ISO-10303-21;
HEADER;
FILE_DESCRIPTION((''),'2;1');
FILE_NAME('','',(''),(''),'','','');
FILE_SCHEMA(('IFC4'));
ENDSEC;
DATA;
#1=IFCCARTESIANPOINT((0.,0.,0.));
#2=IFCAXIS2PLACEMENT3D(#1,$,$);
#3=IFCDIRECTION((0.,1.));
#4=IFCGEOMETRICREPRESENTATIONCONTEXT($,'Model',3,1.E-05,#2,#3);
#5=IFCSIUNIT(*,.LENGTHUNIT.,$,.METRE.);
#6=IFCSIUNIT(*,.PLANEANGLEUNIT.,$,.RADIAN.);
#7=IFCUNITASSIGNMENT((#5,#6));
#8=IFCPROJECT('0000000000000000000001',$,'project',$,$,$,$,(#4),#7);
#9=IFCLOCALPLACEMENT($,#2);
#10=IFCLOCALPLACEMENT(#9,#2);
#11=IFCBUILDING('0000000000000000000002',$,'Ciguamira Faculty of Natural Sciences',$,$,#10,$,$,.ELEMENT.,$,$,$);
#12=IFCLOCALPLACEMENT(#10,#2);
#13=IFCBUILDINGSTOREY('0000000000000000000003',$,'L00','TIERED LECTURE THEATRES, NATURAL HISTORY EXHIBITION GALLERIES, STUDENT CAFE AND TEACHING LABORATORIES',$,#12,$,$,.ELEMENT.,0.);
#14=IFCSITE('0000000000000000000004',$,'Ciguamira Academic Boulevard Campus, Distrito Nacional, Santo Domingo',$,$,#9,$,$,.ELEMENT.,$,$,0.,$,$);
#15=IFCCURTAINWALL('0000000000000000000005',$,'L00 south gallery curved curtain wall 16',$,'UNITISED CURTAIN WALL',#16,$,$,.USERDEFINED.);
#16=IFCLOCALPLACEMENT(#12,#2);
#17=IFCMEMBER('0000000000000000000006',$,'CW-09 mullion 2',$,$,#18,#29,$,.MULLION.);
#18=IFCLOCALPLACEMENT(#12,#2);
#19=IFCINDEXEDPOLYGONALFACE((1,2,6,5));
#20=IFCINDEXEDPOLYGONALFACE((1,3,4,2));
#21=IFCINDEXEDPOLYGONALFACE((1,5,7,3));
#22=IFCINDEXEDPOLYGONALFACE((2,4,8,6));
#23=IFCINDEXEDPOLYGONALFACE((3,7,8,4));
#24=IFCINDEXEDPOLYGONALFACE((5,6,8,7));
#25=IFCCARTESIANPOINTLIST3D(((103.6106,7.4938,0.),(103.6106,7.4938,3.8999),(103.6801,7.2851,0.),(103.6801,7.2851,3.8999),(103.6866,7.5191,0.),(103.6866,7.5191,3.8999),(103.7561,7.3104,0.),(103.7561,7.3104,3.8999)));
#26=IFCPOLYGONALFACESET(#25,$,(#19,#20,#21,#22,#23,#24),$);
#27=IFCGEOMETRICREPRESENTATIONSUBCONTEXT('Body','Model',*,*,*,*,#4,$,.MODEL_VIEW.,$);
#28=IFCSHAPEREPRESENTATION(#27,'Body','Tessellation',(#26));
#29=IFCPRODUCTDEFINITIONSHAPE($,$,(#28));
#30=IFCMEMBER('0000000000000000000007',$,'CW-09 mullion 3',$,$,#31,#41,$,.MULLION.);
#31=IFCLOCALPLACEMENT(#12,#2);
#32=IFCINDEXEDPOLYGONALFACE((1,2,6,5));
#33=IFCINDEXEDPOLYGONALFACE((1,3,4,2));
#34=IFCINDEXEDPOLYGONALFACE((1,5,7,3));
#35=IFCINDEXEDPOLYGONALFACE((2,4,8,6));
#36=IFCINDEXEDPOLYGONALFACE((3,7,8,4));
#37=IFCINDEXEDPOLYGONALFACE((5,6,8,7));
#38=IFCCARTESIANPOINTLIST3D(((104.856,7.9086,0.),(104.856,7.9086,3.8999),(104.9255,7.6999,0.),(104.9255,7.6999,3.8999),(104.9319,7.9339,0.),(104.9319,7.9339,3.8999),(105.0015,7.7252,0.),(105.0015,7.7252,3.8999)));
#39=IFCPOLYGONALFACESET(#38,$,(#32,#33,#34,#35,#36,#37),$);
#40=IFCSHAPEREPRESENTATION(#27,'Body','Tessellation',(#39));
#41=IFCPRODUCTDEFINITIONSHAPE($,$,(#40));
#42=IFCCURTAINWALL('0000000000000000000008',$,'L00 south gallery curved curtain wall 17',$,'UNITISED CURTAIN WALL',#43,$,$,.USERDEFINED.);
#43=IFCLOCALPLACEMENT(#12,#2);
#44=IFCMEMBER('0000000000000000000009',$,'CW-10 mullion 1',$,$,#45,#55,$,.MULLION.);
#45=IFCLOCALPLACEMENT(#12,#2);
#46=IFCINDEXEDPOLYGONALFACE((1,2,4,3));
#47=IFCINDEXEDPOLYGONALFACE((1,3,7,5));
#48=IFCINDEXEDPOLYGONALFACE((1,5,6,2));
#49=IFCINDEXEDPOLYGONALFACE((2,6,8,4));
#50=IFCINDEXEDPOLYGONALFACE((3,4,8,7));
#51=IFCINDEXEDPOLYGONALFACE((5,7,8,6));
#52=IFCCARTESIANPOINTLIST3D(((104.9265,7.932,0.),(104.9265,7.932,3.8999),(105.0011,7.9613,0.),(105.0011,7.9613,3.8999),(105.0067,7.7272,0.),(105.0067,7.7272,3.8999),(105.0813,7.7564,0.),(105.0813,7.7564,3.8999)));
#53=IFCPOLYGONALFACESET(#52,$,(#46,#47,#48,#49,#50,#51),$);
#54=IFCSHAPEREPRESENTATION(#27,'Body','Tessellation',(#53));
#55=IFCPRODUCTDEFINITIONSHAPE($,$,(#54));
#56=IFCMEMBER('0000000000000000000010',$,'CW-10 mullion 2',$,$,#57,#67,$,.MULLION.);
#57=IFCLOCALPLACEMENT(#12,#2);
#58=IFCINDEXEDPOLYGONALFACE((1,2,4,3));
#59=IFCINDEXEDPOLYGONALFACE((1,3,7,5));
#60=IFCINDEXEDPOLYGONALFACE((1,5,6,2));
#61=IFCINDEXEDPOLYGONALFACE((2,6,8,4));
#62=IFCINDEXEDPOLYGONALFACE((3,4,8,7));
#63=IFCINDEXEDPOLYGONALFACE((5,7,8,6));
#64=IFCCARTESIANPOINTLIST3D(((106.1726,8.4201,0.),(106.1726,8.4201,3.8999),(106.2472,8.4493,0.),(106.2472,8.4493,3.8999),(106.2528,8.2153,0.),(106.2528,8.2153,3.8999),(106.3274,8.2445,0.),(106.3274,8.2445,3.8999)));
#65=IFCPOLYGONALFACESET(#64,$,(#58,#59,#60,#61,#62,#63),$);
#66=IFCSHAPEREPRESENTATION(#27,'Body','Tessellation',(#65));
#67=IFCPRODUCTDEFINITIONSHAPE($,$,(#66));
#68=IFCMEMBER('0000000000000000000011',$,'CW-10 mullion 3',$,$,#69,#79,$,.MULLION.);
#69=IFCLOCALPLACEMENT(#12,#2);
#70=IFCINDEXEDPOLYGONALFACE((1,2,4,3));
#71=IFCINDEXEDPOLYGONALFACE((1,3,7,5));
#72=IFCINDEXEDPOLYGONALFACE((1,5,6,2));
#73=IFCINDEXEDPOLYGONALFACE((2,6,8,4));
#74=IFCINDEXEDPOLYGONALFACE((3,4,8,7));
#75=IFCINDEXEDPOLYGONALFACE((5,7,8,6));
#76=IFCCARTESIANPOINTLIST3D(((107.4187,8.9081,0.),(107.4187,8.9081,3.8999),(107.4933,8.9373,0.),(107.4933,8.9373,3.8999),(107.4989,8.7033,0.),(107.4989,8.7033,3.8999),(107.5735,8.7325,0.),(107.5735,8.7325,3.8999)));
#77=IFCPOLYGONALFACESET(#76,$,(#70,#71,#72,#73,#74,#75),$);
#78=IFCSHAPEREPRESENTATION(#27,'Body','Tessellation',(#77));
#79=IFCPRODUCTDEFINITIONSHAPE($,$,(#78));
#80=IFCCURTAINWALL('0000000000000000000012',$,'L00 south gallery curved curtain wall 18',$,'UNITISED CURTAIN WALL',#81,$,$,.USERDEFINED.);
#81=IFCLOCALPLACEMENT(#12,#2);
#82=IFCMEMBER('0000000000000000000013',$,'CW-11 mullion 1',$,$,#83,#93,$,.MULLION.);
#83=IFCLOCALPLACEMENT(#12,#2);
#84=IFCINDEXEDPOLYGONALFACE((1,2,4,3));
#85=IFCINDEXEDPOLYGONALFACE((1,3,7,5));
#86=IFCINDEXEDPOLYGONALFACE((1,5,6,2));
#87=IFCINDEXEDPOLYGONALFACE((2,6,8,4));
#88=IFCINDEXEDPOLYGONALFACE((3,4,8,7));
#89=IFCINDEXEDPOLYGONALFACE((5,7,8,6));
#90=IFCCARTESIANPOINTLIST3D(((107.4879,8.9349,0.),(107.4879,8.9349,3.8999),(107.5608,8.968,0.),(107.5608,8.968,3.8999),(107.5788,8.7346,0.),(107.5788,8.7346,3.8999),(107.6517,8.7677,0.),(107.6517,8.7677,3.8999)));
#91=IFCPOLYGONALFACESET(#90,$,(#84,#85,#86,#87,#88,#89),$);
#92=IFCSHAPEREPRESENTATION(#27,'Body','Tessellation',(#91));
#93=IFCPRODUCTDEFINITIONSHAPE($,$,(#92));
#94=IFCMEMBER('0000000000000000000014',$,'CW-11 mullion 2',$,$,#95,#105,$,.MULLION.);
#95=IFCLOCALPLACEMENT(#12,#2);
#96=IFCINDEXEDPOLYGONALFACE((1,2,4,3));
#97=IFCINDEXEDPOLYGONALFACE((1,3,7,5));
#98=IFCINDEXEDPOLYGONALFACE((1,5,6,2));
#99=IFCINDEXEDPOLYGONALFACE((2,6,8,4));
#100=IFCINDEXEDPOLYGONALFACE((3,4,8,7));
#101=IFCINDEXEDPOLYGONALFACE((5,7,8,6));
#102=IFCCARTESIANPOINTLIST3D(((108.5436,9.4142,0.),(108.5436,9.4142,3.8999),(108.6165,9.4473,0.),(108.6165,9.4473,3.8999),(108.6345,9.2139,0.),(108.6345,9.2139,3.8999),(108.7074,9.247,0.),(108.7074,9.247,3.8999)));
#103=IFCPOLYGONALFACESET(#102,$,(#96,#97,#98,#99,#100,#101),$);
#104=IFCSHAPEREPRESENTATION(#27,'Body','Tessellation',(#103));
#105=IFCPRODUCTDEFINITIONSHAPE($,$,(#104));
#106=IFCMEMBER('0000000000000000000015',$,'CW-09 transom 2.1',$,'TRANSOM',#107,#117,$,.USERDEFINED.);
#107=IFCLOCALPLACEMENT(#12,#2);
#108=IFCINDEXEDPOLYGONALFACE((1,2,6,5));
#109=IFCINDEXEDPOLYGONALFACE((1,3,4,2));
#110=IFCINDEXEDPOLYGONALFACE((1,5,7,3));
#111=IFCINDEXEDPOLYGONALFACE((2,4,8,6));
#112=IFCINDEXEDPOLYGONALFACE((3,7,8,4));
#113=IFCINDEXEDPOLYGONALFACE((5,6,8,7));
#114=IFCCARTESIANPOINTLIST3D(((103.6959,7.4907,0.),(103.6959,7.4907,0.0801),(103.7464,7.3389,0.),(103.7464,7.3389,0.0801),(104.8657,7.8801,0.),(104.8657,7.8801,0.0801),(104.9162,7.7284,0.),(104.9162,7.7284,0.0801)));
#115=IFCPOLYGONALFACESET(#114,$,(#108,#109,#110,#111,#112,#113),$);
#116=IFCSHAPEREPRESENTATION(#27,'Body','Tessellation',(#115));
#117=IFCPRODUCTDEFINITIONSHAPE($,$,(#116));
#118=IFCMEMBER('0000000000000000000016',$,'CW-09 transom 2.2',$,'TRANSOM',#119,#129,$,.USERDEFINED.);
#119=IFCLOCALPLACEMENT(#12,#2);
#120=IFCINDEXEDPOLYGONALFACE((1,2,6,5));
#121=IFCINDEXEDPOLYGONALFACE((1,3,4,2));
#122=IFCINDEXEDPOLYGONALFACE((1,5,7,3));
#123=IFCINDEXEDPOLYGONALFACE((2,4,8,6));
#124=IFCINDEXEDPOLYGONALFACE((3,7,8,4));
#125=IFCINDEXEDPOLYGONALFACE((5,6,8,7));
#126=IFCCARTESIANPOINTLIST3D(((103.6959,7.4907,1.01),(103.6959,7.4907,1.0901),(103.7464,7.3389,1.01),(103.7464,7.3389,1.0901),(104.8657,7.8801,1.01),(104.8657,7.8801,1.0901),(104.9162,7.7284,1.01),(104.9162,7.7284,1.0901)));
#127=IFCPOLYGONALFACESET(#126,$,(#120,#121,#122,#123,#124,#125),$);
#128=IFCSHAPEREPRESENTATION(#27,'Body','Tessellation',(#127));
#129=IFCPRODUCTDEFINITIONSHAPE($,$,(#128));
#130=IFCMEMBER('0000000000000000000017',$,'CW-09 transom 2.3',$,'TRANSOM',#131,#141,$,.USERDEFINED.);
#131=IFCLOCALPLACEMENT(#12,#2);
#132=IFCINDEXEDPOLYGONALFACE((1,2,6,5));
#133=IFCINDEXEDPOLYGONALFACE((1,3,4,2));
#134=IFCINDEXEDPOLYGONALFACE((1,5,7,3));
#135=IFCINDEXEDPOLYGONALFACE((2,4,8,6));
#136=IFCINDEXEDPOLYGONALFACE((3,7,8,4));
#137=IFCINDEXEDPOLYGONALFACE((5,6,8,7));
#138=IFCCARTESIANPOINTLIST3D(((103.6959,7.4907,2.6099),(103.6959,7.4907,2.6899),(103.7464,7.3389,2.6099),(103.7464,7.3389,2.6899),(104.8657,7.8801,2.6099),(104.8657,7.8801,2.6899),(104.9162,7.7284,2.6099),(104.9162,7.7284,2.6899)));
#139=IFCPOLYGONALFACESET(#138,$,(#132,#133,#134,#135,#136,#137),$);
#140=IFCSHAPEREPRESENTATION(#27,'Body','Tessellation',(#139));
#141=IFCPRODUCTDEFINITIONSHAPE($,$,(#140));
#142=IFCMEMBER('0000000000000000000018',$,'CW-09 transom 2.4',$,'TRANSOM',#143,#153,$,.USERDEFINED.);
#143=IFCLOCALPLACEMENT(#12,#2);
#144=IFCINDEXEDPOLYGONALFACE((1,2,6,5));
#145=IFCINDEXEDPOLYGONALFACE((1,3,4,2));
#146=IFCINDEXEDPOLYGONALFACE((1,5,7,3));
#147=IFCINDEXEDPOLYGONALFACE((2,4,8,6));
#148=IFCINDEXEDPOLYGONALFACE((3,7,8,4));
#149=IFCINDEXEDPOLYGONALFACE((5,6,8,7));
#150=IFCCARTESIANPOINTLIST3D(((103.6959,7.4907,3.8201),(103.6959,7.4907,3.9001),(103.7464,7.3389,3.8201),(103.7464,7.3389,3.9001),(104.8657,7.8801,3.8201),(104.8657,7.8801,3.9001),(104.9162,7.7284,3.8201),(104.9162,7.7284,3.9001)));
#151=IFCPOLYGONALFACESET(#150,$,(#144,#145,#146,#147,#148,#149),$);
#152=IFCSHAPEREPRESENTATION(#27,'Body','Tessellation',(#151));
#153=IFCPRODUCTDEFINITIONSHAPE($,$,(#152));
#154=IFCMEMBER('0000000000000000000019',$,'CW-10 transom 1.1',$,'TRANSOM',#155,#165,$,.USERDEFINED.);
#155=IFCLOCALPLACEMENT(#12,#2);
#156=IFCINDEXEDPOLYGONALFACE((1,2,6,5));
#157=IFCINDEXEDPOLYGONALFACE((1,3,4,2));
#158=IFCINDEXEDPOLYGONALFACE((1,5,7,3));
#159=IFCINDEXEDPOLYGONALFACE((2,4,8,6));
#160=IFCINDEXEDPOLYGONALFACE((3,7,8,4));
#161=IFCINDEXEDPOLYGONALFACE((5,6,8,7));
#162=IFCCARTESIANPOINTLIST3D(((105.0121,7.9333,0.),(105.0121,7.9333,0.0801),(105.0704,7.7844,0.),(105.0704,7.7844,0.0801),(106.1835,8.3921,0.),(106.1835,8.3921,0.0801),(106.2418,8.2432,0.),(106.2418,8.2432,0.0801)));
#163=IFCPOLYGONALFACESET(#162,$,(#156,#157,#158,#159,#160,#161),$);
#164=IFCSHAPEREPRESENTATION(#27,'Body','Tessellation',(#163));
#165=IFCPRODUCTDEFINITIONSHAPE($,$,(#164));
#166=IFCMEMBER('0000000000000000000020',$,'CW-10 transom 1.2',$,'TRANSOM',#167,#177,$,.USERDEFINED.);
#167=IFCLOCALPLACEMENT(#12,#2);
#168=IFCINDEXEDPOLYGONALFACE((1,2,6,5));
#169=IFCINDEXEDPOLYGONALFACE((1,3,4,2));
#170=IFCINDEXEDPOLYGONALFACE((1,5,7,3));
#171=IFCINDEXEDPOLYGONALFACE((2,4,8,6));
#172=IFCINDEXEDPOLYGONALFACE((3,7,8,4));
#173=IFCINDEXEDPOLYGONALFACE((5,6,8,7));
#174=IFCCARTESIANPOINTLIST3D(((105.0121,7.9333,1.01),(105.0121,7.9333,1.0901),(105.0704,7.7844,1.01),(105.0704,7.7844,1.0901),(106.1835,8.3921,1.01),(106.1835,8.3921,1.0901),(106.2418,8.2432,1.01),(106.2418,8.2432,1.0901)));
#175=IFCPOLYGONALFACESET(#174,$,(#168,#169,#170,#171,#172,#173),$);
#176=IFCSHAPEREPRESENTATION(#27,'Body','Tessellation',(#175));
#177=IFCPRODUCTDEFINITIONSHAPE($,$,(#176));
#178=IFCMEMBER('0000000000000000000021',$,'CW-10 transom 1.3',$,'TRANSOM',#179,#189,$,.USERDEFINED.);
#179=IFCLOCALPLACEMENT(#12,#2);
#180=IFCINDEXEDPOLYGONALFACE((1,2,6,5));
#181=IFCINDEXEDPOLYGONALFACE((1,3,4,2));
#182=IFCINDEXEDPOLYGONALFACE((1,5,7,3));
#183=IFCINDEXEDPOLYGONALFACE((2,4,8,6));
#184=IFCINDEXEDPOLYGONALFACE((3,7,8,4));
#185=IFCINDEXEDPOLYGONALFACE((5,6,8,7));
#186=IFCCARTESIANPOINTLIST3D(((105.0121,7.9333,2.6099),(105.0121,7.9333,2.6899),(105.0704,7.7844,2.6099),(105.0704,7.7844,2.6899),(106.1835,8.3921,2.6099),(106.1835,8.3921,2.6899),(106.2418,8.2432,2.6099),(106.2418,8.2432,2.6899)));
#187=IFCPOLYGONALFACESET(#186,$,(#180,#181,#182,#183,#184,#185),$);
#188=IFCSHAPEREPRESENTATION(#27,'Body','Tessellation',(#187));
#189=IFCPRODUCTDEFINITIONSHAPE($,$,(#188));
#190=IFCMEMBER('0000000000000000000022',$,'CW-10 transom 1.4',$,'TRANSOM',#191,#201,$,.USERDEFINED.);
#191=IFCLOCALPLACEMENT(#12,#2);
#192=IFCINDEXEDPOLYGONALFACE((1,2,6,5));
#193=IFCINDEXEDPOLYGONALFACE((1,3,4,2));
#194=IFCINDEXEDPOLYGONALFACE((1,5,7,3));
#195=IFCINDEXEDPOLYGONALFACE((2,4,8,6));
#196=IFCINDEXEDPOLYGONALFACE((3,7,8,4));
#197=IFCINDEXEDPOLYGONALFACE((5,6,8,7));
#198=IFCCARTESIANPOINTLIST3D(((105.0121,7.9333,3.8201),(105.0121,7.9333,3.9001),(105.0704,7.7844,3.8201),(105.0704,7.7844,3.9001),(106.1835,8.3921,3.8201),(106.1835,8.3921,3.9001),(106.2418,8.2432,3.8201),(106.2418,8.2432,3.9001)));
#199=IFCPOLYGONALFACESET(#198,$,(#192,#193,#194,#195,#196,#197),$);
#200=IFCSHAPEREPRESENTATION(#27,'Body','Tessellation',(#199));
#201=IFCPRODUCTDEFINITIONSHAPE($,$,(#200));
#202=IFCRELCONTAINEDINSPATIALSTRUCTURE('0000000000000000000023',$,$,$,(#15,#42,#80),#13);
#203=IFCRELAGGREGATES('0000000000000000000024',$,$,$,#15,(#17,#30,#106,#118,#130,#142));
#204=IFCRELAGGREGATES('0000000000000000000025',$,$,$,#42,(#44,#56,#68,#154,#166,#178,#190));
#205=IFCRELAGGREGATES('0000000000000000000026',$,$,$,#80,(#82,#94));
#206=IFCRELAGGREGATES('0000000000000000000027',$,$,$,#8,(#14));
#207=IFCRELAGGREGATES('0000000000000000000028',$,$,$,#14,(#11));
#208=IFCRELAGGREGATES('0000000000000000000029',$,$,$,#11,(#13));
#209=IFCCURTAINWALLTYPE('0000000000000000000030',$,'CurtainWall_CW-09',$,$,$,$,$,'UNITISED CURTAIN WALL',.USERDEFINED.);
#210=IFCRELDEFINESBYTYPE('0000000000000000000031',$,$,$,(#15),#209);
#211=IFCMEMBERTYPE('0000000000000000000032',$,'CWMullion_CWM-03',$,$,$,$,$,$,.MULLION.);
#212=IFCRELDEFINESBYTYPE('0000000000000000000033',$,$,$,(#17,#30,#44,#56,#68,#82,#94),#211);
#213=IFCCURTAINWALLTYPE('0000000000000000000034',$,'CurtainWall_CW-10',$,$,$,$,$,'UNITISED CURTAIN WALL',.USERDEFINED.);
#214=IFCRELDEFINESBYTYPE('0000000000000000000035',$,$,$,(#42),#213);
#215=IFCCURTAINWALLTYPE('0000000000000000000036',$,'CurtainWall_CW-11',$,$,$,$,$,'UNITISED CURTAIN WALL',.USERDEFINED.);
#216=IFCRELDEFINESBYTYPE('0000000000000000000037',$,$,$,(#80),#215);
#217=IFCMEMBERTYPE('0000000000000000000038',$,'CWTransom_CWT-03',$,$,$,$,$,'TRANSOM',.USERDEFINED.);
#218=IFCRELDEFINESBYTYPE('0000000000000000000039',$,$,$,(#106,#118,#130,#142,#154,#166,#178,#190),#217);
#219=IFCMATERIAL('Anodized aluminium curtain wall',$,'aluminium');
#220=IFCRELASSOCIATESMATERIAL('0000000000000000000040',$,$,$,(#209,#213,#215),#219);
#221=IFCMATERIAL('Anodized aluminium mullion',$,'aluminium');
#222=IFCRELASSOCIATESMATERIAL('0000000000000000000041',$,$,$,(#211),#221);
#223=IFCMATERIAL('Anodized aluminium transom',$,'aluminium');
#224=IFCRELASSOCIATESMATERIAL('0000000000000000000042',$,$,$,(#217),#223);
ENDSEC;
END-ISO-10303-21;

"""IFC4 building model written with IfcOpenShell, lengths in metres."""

from ifc_helpers import new_model, si_unit, direction, frame, origin, origin_2d, place, context, subcontext, project, spatial, rectangle, extrude, material, material_profile, profile_set, type_object, element, aggregate, save


model = new_model("IFC4")

# Units and contexts
model_context = context("Model", 3, precision=1e-05, world=origin(), true_north=direction((0.0, 1.0)))
body_context = subcontext(model_context, "Body", "Model", "MODEL_VIEW")
ifc_project = project(units=[si_unit("LENGTHUNIT", "METRE"), si_unit("PLANEANGLEUNIT", "RADIAN")], contexts=[model_context])

# Site, building, storey
site_placement = place(None, origin())
site = spatial("IfcSite", under=ifc_project, at=site_placement, Name="Ciguamira Academic Boulevard Campus, Distrito Nacional, Santo Domingo", CompositionType="ELEMENT", RefElevation=0.0)
building_placement = place(site_placement, origin())
building = spatial("IfcBuilding", under=site, at=building_placement, Name="Ciguamira Faculty of Natural Sciences", CompositionType="ELEMENT")
storey_placement = place(building_placement, origin())
storey = spatial("IfcBuildingStorey", under=building, at=storey_placement, Name="L00", Description="TIERED LECTURE THEATRES, NATURAL HISTORY EXHIBITION GALLERIES, STUDENT CAFE AND TEACHING LABORATORIES", CompositionType="ELEMENT", Elevation=0.0)

# Curtain walls, members
ifc_material_1 = material(Name="Anodized aluminium curtain wall", Category="aluminium")
curtain_wall_type_1 = type_object("IfcCurtainWallType", Name="CurtainWall_CW-09", ElementType="UNITISED CURTAIN WALL", PredefinedType="USERDEFINED", material=ifc_material_1)
curtain_wall_1_placement = place(storey_placement, origin())
curtain_wall_1 = element("IfcCurtainWall", 1, at=curtain_wall_1_placement, inside=storey, type_object=curtain_wall_type_1, Name="L00 south gallery curved curtain wall 16", ObjectType="UNITISED CURTAIN WALL", PredefinedType="USERDEFINED")
ifc_material_2 = material(Name="Anodized aluminium mullion", Category="aluminium")
ifc_material_profile_1 = material_profile(ifc_material_2, rectangle(XDim=0.0801, YDim=0.22, at=origin_2d()), Name="ALU-MUL-80X220")
ifc_profile_set_1 = profile_set([ifc_material_profile_1], Name="Anodized aluminium mullion")
member_type_1 = type_object("IfcMemberType", Name="CWMullion_CWM-03", PredefinedType="MULLION", material=ifc_profile_set_1)
member_1_placement = place(storey_placement, frame((103.6833, 7.4021, 0.0), z_axis=(0.0, 0.0, 1.0), x_axis=(0.948735, 0.316073, 0.0)))
member_1 = element("IfcMember", 2, at=member_1_placement, type_object=member_type_1, Name="CW-09 mullion 2", PredefinedType="MULLION", context=body_context, shape_type="SweptSolid", body=[
    extrude(rectangle(XDim=0.0801, YDim=0.22, at=origin_2d()), origin(), (0.0, 0.0, 1.0), 3.8999),
])
member_2_placement = place(storey_placement, frame((104.9287, 7.8169, 0.0), z_axis=(0.0, 0.0, 1.0), x_axis=(0.948735, 0.316073, 0.0)))
member_2 = element("IfcMember", 3, at=member_2_placement, type_object=member_type_1, Name="CW-09 mullion 3", PredefinedType="MULLION", context=body_context, shape_type="SweptSolid", body=[
    extrude(rectangle(XDim=0.0801, YDim=0.22, at=origin_2d()), origin(), (0.0, 0.0, 1.0), 3.8999),
])
curtain_wall_type_2 = type_object("IfcCurtainWallType", Name="CurtainWall_CW-10", ElementType="UNITISED CURTAIN WALL", PredefinedType="USERDEFINED", material=ifc_material_1)
curtain_wall_2_placement = place(storey_placement, origin())
curtain_wall_2 = element("IfcCurtainWall", 4, at=curtain_wall_2_placement, inside=storey, type_object=curtain_wall_type_2, Name="L00 south gallery curved curtain wall 17", ObjectType="UNITISED CURTAIN WALL", PredefinedType="USERDEFINED")
member_3_placement = place(storey_placement, frame((105.0039, 7.8442, 0.0), z_axis=(0.0, 0.0, 1.0), x_axis=(0.931122, 0.364707, 0.0)))
member_3 = element("IfcMember", 5, at=member_3_placement, type_object=member_type_1, Name="CW-10 mullion 1", PredefinedType="MULLION", context=body_context, shape_type="SweptSolid", body=[
    extrude(rectangle(XDim=0.0801, YDim=0.22, at=origin_2d()), origin(), (0.0, 0.0, 1.0), 3.8999),
])
member_4_placement = place(storey_placement, frame((106.25, 8.3323, 0.0), z_axis=(0.0, 0.0, 1.0), x_axis=(0.931122, 0.364707, 0.0)))
member_4 = element("IfcMember", 6, at=member_4_placement, type_object=member_type_1, Name="CW-10 mullion 2", PredefinedType="MULLION", context=body_context, shape_type="SweptSolid", body=[
    extrude(rectangle(XDim=0.0801, YDim=0.22, at=origin_2d()), origin(), (0.0, 0.0, 1.0), 3.8999),
])
member_5_placement = place(storey_placement, frame((107.4961, 8.8203, 0.0), z_axis=(0.0, 0.0, 1.0), x_axis=(0.931122, 0.364707, 0.0)))
member_5 = element("IfcMember", 7, at=member_5_placement, type_object=member_type_1, Name="CW-10 mullion 3", PredefinedType="MULLION", context=body_context, shape_type="SweptSolid", body=[
    extrude(rectangle(XDim=0.0801, YDim=0.22, at=origin_2d()), origin(), (0.0, 0.0, 1.0), 3.8999),
])
curtain_wall_type_3 = type_object("IfcCurtainWallType", Name="CurtainWall_CW-11", ElementType="UNITISED CURTAIN WALL", PredefinedType="USERDEFINED", material=ifc_material_1)
curtain_wall_3_placement = place(storey_placement, origin())
curtain_wall_3 = element("IfcCurtainWall", 8, at=curtain_wall_3_placement, inside=storey, type_object=curtain_wall_type_3, Name="L00 south gallery curved curtain wall 18", ObjectType="UNITISED CURTAIN WALL", PredefinedType="USERDEFINED")
member_6_placement = place(storey_placement, frame((107.5698, 8.8513, 0.0), z_axis=(0.0, 0.0, 1.0), x_axis=(0.910581, 0.413332, 0.0)))
member_6 = element("IfcMember", 9, at=member_6_placement, type_object=member_type_1, Name="CW-11 mullion 1", PredefinedType="MULLION", context=body_context, shape_type="SweptSolid", body=[
    extrude(rectangle(XDim=0.0801, YDim=0.22, at=origin_2d()), origin(), (0.0, 0.0, 1.0), 3.8999),
])
member_7_placement = place(storey_placement, frame((108.6255, 9.3306, 0.0), z_axis=(0.0, 0.0, 1.0), x_axis=(0.910581, 0.413332, 0.0)))
member_7 = element("IfcMember", 10, at=member_7_placement, type_object=member_type_1, Name="CW-11 mullion 2", PredefinedType="MULLION", context=body_context, shape_type="SweptSolid", body=[
    extrude(rectangle(XDim=0.0801, YDim=0.22, at=origin_2d()), origin(), (0.0, 0.0, 1.0), 3.8999),
])

# Members
ifc_material_3 = material(Name="Anodized aluminium transom", Category="aluminium")
ifc_material_profile_2 = material_profile(ifc_material_3, rectangle(XDim=0.0801, YDim=0.1599, at=origin_2d()), Name="ALU-TRN-80X160")
ifc_profile_set_2 = profile_set([ifc_material_profile_2], Name="Anodized aluminium transom")
member_type_2 = type_object("IfcMemberType", Name="CWTransom_CWT-03", ElementType="TRANSOM", PredefinedType="USERDEFINED", material=ifc_profile_set_2)
member_8_placement = place(storey_placement, frame((103.7212, 7.4148, 0.04), z_axis=(0.948802, 0.315871, 0.0), x_axis=(0.0, 0.0, 1.0)))
member_8 = element("IfcMember", 11, at=member_8_placement, type_object=member_type_2, Name="CW-09 transom 2.1", ObjectType="TRANSOM", PredefinedType="USERDEFINED", context=body_context, shape_type="SweptSolid", body=[
    extrude(rectangle(XDim=0.0801, YDim=0.1599, at=origin_2d()), origin(), (0.0, 0.0, 1.0), 1.2329),
])
member_9_placement = place(storey_placement, frame((103.7212, 7.4148, 1.05), z_axis=(0.948802, 0.315871, 0.0), x_axis=(0.0, 0.0, 1.0)))
member_9 = element("IfcMember", 12, at=member_9_placement, type_object=member_type_2, Name="CW-09 transom 2.2", ObjectType="TRANSOM", PredefinedType="USERDEFINED", context=body_context, shape_type="SweptSolid", body=[
    extrude(rectangle(XDim=0.0801, YDim=0.1599, at=origin_2d()), origin(), (0.0, 0.0, 1.0), 1.2329),
])
member_10_placement = place(storey_placement, frame((103.7212, 7.4148, 2.6499), z_axis=(0.948802, 0.315871, 0.0), x_axis=(0.0, 0.0, 1.0)))
member_10 = element("IfcMember", 13, at=member_10_placement, type_object=member_type_2, Name="CW-09 transom 2.3", ObjectType="TRANSOM", PredefinedType="USERDEFINED", context=body_context, shape_type="SweptSolid", body=[
    extrude(rectangle(XDim=0.0801, YDim=0.1599, at=origin_2d()), origin(), (0.0, 0.0, 1.0), 1.2329),
])
member_11_placement = place(storey_placement, frame((103.7212, 7.4148, 3.8601), z_axis=(0.948802, 0.315871, 0.0), x_axis=(0.0, 0.0, 1.0)))
member_11 = element("IfcMember", 14, at=member_11_placement, type_object=member_type_2, Name="CW-09 transom 2.4", ObjectType="TRANSOM", PredefinedType="USERDEFINED", context=body_context, shape_type="SweptSolid", body=[
    extrude(rectangle(XDim=0.0801, YDim=0.1599, at=origin_2d()), origin(), (0.0, 0.0, 1.0), 1.2329),
])
member_12_placement = place(storey_placement, frame((105.0413, 7.8589, 0.04), z_axis=(0.931143, 0.364655, 0.0), x_axis=(0.0, 0.0, 1.0)))
member_12 = element("IfcMember", 15, at=member_12_placement, type_object=member_type_2, Name="CW-10 transom 1.1", ObjectType="TRANSOM", PredefinedType="USERDEFINED", context=body_context, shape_type="SweptSolid", body=[
    extrude(rectangle(XDim=0.0801, YDim=0.1599, at=origin_2d()), origin(), (0.0, 0.0, 1.0), 1.2581),
])
member_13_placement = place(storey_placement, frame((105.0413, 7.8589, 1.05), z_axis=(0.931143, 0.364655, 0.0), x_axis=(0.0, 0.0, 1.0)))
member_13 = element("IfcMember", 16, at=member_13_placement, type_object=member_type_2, Name="CW-10 transom 1.2", ObjectType="TRANSOM", PredefinedType="USERDEFINED", context=body_context, shape_type="SweptSolid", body=[
    extrude(rectangle(XDim=0.0801, YDim=0.1599, at=origin_2d()), origin(), (0.0, 0.0, 1.0), 1.2581),
])
member_14_placement = place(storey_placement, frame((105.0413, 7.8589, 2.6499), z_axis=(0.931143, 0.364655, 0.0), x_axis=(0.0, 0.0, 1.0)))
member_14 = element("IfcMember", 17, at=member_14_placement, type_object=member_type_2, Name="CW-10 transom 1.3", ObjectType="TRANSOM", PredefinedType="USERDEFINED", context=body_context, shape_type="SweptSolid", body=[
    extrude(rectangle(XDim=0.0801, YDim=0.1599, at=origin_2d()), origin(), (0.0, 0.0, 1.0), 1.2581),
])
member_15_placement = place(storey_placement, frame((105.0413, 7.8589, 3.8601), z_axis=(0.931143, 0.364655, 0.0), x_axis=(0.0, 0.0, 1.0)))
member_15 = element("IfcMember", 18, at=member_15_placement, type_object=member_type_2, Name="CW-10 transom 1.4", ObjectType="TRANSOM", PredefinedType="USERDEFINED", context=body_context, shape_type="SweptSolid", body=[
    extrude(rectangle(XDim=0.0801, YDim=0.1599, at=origin_2d()), origin(), (0.0, 0.0, 1.0), 1.2581),
])

aggregate(curtain_wall_1, [member_1, member_2, member_8, member_9, member_10, member_11])
aggregate(curtain_wall_2, [member_3, member_4, member_5, member_12, member_13, member_14, member_15])
aggregate(curtain_wall_3, [member_6, member_7])

save(model, "model.ifc")
